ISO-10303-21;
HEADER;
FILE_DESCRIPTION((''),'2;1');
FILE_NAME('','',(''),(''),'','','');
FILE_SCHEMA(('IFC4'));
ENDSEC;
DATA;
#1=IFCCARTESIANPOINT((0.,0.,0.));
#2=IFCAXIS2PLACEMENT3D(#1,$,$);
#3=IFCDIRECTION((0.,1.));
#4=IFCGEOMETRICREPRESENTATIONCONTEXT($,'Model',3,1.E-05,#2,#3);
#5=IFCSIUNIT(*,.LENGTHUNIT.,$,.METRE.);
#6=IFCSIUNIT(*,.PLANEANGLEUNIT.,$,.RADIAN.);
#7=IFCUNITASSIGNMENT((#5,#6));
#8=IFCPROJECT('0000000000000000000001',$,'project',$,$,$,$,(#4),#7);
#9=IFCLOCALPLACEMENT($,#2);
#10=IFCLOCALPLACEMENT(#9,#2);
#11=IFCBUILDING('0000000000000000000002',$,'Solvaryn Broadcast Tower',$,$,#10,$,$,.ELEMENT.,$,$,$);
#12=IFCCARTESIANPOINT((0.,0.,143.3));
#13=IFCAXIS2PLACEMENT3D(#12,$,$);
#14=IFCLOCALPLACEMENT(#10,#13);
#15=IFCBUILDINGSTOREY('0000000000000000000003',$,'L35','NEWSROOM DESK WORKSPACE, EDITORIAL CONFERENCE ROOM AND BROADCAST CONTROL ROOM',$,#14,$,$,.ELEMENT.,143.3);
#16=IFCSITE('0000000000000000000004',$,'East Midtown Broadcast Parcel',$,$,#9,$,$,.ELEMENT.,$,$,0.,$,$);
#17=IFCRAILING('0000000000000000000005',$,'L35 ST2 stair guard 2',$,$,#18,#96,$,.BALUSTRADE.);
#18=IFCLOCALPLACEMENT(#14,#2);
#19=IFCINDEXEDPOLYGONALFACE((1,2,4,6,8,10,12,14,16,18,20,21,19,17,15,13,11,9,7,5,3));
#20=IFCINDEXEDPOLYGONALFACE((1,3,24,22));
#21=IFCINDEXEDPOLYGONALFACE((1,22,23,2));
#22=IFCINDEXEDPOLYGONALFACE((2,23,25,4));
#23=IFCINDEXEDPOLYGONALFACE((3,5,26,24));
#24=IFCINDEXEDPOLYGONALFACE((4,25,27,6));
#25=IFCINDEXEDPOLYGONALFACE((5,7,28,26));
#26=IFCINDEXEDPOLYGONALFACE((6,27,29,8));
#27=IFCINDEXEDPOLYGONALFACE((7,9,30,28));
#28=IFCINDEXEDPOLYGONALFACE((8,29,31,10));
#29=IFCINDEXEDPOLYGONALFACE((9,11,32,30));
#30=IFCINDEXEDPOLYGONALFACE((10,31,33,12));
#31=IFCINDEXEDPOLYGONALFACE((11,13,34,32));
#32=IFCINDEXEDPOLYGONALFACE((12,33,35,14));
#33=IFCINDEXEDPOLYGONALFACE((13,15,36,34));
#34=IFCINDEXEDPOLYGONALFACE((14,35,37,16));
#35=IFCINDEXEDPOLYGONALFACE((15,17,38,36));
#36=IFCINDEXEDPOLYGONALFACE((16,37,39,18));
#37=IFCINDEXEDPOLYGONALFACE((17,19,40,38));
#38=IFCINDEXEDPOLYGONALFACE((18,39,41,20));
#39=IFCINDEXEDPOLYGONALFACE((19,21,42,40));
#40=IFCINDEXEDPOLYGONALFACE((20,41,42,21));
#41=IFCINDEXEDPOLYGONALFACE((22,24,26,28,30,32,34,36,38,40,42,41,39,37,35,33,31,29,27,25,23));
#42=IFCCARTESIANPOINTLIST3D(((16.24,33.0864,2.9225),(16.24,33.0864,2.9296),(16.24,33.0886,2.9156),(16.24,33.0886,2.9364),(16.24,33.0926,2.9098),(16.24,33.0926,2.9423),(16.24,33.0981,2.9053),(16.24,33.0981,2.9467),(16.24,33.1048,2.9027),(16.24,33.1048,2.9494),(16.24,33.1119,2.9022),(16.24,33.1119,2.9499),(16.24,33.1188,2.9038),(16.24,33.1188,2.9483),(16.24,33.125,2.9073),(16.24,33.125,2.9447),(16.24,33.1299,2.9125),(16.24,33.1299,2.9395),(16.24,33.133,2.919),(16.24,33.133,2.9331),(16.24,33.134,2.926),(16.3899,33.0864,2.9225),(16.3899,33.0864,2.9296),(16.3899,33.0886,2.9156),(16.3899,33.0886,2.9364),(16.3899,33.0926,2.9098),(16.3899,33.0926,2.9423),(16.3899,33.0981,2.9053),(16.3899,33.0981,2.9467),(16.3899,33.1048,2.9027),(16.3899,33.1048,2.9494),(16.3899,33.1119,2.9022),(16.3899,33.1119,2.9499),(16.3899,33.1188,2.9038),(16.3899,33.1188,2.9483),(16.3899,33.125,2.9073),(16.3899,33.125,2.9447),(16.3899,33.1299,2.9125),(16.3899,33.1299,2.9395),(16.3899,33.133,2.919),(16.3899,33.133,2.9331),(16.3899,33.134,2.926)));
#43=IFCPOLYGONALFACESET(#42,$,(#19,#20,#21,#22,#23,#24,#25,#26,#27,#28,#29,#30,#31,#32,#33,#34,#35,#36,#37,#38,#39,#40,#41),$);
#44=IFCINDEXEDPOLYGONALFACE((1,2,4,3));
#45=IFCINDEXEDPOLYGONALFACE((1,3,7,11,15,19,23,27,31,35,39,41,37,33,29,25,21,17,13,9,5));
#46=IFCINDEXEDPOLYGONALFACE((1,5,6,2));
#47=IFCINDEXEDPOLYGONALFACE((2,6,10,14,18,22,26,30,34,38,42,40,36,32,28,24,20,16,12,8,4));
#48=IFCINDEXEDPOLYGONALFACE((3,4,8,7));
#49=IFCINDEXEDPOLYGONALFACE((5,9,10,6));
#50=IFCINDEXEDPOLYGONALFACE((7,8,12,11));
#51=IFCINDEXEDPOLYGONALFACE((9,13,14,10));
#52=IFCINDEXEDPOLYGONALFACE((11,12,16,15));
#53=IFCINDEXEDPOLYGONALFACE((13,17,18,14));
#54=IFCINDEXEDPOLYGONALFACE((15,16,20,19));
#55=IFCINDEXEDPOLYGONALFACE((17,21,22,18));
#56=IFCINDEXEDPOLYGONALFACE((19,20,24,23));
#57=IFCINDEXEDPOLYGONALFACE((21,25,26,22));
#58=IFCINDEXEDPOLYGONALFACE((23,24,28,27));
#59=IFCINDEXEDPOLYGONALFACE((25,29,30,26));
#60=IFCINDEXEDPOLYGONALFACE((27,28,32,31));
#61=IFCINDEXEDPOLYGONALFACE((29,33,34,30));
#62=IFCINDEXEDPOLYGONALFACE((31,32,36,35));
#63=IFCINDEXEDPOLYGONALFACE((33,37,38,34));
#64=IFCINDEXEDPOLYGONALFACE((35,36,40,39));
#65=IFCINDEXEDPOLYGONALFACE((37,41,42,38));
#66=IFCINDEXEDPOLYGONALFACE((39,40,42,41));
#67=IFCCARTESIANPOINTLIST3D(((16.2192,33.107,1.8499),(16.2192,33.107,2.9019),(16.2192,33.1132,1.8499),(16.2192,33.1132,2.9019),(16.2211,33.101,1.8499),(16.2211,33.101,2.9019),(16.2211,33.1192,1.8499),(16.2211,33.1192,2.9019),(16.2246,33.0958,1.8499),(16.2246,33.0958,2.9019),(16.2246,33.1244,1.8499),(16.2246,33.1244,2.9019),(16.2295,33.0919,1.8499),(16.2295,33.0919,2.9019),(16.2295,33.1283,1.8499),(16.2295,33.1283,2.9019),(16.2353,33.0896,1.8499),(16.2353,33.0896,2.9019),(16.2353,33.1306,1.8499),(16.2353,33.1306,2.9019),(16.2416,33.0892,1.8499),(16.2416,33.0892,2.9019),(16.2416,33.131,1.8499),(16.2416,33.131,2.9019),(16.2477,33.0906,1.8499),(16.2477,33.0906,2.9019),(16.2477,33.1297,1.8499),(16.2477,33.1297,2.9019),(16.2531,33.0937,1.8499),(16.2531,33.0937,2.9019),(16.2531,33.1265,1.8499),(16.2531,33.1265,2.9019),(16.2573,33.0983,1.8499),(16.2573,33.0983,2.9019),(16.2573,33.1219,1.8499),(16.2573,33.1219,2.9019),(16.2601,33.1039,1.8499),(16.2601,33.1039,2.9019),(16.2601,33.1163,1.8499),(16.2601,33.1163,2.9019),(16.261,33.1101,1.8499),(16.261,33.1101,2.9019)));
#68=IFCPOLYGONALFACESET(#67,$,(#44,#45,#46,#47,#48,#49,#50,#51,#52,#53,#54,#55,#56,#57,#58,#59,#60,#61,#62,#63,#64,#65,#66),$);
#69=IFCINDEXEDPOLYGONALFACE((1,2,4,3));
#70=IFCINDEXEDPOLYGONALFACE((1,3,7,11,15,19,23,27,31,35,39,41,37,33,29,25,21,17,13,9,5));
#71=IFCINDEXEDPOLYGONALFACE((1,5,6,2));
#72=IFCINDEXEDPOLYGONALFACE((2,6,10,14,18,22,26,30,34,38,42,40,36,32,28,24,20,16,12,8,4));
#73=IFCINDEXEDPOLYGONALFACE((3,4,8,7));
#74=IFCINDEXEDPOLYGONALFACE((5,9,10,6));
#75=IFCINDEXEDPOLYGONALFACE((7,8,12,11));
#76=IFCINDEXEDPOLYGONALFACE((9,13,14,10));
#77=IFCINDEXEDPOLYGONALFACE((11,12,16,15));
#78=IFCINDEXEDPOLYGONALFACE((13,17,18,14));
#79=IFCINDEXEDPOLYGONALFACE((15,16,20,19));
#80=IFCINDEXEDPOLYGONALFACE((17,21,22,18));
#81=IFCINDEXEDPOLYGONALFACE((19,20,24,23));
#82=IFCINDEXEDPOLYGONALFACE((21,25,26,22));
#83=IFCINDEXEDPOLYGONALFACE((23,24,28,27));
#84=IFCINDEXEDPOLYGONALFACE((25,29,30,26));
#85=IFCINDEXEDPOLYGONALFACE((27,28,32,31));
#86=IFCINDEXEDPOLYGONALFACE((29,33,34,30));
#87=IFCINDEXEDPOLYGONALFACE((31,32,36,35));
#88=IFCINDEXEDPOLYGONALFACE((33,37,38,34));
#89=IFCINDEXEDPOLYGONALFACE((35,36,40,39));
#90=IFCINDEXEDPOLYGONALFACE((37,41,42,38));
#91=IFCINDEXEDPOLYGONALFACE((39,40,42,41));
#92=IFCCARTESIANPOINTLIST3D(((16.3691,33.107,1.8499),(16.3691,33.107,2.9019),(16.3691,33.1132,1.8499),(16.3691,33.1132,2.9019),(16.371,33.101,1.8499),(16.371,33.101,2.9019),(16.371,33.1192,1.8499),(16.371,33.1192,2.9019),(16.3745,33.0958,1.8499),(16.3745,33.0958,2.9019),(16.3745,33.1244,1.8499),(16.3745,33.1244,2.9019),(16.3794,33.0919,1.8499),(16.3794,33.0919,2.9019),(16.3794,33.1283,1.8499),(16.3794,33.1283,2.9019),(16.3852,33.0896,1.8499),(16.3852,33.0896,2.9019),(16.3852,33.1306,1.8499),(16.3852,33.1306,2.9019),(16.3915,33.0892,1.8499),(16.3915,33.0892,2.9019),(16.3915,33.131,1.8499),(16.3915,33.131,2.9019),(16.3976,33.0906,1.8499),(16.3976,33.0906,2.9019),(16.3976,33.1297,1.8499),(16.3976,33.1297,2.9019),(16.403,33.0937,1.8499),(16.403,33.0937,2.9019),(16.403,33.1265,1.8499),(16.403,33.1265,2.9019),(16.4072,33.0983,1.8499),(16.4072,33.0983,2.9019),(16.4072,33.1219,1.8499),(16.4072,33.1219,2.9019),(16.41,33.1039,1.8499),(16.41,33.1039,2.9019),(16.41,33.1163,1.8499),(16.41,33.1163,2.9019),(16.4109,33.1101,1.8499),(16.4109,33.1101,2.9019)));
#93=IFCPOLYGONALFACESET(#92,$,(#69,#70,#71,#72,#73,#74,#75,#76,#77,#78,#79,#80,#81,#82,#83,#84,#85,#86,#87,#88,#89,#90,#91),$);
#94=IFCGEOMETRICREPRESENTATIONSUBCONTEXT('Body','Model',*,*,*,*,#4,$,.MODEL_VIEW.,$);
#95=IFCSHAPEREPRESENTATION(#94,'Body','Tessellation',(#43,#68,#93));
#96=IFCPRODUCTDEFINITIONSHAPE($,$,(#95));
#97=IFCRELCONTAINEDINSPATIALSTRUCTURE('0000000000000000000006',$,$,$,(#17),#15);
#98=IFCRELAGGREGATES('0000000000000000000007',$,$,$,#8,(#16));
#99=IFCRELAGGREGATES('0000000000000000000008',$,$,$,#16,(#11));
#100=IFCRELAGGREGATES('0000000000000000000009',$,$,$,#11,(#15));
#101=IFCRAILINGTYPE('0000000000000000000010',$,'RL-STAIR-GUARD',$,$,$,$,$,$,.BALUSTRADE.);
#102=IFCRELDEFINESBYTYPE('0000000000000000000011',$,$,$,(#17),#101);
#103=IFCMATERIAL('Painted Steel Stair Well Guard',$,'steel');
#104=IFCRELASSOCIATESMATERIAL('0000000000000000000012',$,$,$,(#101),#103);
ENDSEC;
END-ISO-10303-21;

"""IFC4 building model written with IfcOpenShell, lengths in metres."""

from ifc_helpers import new_model, si_unit, direction, frame, origin, origin_2d, place, context, subcontext, project, spatial, circle, extrude, material, type_object, element, save


model = new_model("IFC4")

# Units and contexts
model_context = context("Model", 3, precision=1e-05, world=origin(), true_north=direction((0.0, 1.0)))
body_context = subcontext(model_context, "Body", "Model", "MODEL_VIEW")
ifc_project = project(units=[si_unit("LENGTHUNIT", "METRE"), si_unit("PLANEANGLEUNIT", "RADIAN")], contexts=[model_context])

# Site, building, storey
site_placement = place(None, origin())
site = spatial("IfcSite", under=ifc_project, at=site_placement, Name="East Midtown Broadcast Parcel", CompositionType="ELEMENT", RefElevation=0.0)
building_placement = place(site_placement, origin())
building = spatial("IfcBuilding", under=site, at=building_placement, Name="Solvaryn Broadcast Tower", CompositionType="ELEMENT")
storey_placement = place(building_placement, frame((0.0, 0.0, 143.3)))
storey = spatial("IfcBuildingStorey", under=building, at=storey_placement, Name="L35", Description="NEWSROOM DESK WORKSPACE, EDITORIAL CONFERENCE ROOM AND BROADCAST CONTROL ROOM", CompositionType="ELEMENT", Elevation=143.3)

# Railing
ifc_material_1 = material(Name="Painted Steel Stair Well Guard", Category="steel")
railing_type_1 = type_object("IfcRailingType", Name="RL-STAIR-GUARD", PredefinedType="BALUSTRADE", material=ifc_material_1)
railing_1_placement = place(storey_placement, frame((16.24, 33.1101, 1.8499)))
element("IfcRailing", 1, at=railing_1_placement, inside=storey, type_object=railing_type_1, Name="L35 ST2 stair guard 2", PredefinedType="BALUSTRADE", context=body_context, shape_type="SweptSolid", body=[
    extrude(circle(Radius=0.0239, at=origin_2d()), frame((0.0, 0.0, 1.0762), z_axis=(1.0, 0.0, 0.0), x_axis=(0.0, 1.0, 0.0)), (0.0, 0.0, 1.0), 0.1499),
    extrude(circle(Radius=0.021, at=origin_2d()), origin(), (0.0, 0.0, 1.0), 1.052),
    extrude(circle(Radius=0.021, at=origin_2d()), frame((0.1499, 0.0, 0.0)), (0.0, 0.0, 1.0), 1.052),
])

save(model, "model.ifc")
